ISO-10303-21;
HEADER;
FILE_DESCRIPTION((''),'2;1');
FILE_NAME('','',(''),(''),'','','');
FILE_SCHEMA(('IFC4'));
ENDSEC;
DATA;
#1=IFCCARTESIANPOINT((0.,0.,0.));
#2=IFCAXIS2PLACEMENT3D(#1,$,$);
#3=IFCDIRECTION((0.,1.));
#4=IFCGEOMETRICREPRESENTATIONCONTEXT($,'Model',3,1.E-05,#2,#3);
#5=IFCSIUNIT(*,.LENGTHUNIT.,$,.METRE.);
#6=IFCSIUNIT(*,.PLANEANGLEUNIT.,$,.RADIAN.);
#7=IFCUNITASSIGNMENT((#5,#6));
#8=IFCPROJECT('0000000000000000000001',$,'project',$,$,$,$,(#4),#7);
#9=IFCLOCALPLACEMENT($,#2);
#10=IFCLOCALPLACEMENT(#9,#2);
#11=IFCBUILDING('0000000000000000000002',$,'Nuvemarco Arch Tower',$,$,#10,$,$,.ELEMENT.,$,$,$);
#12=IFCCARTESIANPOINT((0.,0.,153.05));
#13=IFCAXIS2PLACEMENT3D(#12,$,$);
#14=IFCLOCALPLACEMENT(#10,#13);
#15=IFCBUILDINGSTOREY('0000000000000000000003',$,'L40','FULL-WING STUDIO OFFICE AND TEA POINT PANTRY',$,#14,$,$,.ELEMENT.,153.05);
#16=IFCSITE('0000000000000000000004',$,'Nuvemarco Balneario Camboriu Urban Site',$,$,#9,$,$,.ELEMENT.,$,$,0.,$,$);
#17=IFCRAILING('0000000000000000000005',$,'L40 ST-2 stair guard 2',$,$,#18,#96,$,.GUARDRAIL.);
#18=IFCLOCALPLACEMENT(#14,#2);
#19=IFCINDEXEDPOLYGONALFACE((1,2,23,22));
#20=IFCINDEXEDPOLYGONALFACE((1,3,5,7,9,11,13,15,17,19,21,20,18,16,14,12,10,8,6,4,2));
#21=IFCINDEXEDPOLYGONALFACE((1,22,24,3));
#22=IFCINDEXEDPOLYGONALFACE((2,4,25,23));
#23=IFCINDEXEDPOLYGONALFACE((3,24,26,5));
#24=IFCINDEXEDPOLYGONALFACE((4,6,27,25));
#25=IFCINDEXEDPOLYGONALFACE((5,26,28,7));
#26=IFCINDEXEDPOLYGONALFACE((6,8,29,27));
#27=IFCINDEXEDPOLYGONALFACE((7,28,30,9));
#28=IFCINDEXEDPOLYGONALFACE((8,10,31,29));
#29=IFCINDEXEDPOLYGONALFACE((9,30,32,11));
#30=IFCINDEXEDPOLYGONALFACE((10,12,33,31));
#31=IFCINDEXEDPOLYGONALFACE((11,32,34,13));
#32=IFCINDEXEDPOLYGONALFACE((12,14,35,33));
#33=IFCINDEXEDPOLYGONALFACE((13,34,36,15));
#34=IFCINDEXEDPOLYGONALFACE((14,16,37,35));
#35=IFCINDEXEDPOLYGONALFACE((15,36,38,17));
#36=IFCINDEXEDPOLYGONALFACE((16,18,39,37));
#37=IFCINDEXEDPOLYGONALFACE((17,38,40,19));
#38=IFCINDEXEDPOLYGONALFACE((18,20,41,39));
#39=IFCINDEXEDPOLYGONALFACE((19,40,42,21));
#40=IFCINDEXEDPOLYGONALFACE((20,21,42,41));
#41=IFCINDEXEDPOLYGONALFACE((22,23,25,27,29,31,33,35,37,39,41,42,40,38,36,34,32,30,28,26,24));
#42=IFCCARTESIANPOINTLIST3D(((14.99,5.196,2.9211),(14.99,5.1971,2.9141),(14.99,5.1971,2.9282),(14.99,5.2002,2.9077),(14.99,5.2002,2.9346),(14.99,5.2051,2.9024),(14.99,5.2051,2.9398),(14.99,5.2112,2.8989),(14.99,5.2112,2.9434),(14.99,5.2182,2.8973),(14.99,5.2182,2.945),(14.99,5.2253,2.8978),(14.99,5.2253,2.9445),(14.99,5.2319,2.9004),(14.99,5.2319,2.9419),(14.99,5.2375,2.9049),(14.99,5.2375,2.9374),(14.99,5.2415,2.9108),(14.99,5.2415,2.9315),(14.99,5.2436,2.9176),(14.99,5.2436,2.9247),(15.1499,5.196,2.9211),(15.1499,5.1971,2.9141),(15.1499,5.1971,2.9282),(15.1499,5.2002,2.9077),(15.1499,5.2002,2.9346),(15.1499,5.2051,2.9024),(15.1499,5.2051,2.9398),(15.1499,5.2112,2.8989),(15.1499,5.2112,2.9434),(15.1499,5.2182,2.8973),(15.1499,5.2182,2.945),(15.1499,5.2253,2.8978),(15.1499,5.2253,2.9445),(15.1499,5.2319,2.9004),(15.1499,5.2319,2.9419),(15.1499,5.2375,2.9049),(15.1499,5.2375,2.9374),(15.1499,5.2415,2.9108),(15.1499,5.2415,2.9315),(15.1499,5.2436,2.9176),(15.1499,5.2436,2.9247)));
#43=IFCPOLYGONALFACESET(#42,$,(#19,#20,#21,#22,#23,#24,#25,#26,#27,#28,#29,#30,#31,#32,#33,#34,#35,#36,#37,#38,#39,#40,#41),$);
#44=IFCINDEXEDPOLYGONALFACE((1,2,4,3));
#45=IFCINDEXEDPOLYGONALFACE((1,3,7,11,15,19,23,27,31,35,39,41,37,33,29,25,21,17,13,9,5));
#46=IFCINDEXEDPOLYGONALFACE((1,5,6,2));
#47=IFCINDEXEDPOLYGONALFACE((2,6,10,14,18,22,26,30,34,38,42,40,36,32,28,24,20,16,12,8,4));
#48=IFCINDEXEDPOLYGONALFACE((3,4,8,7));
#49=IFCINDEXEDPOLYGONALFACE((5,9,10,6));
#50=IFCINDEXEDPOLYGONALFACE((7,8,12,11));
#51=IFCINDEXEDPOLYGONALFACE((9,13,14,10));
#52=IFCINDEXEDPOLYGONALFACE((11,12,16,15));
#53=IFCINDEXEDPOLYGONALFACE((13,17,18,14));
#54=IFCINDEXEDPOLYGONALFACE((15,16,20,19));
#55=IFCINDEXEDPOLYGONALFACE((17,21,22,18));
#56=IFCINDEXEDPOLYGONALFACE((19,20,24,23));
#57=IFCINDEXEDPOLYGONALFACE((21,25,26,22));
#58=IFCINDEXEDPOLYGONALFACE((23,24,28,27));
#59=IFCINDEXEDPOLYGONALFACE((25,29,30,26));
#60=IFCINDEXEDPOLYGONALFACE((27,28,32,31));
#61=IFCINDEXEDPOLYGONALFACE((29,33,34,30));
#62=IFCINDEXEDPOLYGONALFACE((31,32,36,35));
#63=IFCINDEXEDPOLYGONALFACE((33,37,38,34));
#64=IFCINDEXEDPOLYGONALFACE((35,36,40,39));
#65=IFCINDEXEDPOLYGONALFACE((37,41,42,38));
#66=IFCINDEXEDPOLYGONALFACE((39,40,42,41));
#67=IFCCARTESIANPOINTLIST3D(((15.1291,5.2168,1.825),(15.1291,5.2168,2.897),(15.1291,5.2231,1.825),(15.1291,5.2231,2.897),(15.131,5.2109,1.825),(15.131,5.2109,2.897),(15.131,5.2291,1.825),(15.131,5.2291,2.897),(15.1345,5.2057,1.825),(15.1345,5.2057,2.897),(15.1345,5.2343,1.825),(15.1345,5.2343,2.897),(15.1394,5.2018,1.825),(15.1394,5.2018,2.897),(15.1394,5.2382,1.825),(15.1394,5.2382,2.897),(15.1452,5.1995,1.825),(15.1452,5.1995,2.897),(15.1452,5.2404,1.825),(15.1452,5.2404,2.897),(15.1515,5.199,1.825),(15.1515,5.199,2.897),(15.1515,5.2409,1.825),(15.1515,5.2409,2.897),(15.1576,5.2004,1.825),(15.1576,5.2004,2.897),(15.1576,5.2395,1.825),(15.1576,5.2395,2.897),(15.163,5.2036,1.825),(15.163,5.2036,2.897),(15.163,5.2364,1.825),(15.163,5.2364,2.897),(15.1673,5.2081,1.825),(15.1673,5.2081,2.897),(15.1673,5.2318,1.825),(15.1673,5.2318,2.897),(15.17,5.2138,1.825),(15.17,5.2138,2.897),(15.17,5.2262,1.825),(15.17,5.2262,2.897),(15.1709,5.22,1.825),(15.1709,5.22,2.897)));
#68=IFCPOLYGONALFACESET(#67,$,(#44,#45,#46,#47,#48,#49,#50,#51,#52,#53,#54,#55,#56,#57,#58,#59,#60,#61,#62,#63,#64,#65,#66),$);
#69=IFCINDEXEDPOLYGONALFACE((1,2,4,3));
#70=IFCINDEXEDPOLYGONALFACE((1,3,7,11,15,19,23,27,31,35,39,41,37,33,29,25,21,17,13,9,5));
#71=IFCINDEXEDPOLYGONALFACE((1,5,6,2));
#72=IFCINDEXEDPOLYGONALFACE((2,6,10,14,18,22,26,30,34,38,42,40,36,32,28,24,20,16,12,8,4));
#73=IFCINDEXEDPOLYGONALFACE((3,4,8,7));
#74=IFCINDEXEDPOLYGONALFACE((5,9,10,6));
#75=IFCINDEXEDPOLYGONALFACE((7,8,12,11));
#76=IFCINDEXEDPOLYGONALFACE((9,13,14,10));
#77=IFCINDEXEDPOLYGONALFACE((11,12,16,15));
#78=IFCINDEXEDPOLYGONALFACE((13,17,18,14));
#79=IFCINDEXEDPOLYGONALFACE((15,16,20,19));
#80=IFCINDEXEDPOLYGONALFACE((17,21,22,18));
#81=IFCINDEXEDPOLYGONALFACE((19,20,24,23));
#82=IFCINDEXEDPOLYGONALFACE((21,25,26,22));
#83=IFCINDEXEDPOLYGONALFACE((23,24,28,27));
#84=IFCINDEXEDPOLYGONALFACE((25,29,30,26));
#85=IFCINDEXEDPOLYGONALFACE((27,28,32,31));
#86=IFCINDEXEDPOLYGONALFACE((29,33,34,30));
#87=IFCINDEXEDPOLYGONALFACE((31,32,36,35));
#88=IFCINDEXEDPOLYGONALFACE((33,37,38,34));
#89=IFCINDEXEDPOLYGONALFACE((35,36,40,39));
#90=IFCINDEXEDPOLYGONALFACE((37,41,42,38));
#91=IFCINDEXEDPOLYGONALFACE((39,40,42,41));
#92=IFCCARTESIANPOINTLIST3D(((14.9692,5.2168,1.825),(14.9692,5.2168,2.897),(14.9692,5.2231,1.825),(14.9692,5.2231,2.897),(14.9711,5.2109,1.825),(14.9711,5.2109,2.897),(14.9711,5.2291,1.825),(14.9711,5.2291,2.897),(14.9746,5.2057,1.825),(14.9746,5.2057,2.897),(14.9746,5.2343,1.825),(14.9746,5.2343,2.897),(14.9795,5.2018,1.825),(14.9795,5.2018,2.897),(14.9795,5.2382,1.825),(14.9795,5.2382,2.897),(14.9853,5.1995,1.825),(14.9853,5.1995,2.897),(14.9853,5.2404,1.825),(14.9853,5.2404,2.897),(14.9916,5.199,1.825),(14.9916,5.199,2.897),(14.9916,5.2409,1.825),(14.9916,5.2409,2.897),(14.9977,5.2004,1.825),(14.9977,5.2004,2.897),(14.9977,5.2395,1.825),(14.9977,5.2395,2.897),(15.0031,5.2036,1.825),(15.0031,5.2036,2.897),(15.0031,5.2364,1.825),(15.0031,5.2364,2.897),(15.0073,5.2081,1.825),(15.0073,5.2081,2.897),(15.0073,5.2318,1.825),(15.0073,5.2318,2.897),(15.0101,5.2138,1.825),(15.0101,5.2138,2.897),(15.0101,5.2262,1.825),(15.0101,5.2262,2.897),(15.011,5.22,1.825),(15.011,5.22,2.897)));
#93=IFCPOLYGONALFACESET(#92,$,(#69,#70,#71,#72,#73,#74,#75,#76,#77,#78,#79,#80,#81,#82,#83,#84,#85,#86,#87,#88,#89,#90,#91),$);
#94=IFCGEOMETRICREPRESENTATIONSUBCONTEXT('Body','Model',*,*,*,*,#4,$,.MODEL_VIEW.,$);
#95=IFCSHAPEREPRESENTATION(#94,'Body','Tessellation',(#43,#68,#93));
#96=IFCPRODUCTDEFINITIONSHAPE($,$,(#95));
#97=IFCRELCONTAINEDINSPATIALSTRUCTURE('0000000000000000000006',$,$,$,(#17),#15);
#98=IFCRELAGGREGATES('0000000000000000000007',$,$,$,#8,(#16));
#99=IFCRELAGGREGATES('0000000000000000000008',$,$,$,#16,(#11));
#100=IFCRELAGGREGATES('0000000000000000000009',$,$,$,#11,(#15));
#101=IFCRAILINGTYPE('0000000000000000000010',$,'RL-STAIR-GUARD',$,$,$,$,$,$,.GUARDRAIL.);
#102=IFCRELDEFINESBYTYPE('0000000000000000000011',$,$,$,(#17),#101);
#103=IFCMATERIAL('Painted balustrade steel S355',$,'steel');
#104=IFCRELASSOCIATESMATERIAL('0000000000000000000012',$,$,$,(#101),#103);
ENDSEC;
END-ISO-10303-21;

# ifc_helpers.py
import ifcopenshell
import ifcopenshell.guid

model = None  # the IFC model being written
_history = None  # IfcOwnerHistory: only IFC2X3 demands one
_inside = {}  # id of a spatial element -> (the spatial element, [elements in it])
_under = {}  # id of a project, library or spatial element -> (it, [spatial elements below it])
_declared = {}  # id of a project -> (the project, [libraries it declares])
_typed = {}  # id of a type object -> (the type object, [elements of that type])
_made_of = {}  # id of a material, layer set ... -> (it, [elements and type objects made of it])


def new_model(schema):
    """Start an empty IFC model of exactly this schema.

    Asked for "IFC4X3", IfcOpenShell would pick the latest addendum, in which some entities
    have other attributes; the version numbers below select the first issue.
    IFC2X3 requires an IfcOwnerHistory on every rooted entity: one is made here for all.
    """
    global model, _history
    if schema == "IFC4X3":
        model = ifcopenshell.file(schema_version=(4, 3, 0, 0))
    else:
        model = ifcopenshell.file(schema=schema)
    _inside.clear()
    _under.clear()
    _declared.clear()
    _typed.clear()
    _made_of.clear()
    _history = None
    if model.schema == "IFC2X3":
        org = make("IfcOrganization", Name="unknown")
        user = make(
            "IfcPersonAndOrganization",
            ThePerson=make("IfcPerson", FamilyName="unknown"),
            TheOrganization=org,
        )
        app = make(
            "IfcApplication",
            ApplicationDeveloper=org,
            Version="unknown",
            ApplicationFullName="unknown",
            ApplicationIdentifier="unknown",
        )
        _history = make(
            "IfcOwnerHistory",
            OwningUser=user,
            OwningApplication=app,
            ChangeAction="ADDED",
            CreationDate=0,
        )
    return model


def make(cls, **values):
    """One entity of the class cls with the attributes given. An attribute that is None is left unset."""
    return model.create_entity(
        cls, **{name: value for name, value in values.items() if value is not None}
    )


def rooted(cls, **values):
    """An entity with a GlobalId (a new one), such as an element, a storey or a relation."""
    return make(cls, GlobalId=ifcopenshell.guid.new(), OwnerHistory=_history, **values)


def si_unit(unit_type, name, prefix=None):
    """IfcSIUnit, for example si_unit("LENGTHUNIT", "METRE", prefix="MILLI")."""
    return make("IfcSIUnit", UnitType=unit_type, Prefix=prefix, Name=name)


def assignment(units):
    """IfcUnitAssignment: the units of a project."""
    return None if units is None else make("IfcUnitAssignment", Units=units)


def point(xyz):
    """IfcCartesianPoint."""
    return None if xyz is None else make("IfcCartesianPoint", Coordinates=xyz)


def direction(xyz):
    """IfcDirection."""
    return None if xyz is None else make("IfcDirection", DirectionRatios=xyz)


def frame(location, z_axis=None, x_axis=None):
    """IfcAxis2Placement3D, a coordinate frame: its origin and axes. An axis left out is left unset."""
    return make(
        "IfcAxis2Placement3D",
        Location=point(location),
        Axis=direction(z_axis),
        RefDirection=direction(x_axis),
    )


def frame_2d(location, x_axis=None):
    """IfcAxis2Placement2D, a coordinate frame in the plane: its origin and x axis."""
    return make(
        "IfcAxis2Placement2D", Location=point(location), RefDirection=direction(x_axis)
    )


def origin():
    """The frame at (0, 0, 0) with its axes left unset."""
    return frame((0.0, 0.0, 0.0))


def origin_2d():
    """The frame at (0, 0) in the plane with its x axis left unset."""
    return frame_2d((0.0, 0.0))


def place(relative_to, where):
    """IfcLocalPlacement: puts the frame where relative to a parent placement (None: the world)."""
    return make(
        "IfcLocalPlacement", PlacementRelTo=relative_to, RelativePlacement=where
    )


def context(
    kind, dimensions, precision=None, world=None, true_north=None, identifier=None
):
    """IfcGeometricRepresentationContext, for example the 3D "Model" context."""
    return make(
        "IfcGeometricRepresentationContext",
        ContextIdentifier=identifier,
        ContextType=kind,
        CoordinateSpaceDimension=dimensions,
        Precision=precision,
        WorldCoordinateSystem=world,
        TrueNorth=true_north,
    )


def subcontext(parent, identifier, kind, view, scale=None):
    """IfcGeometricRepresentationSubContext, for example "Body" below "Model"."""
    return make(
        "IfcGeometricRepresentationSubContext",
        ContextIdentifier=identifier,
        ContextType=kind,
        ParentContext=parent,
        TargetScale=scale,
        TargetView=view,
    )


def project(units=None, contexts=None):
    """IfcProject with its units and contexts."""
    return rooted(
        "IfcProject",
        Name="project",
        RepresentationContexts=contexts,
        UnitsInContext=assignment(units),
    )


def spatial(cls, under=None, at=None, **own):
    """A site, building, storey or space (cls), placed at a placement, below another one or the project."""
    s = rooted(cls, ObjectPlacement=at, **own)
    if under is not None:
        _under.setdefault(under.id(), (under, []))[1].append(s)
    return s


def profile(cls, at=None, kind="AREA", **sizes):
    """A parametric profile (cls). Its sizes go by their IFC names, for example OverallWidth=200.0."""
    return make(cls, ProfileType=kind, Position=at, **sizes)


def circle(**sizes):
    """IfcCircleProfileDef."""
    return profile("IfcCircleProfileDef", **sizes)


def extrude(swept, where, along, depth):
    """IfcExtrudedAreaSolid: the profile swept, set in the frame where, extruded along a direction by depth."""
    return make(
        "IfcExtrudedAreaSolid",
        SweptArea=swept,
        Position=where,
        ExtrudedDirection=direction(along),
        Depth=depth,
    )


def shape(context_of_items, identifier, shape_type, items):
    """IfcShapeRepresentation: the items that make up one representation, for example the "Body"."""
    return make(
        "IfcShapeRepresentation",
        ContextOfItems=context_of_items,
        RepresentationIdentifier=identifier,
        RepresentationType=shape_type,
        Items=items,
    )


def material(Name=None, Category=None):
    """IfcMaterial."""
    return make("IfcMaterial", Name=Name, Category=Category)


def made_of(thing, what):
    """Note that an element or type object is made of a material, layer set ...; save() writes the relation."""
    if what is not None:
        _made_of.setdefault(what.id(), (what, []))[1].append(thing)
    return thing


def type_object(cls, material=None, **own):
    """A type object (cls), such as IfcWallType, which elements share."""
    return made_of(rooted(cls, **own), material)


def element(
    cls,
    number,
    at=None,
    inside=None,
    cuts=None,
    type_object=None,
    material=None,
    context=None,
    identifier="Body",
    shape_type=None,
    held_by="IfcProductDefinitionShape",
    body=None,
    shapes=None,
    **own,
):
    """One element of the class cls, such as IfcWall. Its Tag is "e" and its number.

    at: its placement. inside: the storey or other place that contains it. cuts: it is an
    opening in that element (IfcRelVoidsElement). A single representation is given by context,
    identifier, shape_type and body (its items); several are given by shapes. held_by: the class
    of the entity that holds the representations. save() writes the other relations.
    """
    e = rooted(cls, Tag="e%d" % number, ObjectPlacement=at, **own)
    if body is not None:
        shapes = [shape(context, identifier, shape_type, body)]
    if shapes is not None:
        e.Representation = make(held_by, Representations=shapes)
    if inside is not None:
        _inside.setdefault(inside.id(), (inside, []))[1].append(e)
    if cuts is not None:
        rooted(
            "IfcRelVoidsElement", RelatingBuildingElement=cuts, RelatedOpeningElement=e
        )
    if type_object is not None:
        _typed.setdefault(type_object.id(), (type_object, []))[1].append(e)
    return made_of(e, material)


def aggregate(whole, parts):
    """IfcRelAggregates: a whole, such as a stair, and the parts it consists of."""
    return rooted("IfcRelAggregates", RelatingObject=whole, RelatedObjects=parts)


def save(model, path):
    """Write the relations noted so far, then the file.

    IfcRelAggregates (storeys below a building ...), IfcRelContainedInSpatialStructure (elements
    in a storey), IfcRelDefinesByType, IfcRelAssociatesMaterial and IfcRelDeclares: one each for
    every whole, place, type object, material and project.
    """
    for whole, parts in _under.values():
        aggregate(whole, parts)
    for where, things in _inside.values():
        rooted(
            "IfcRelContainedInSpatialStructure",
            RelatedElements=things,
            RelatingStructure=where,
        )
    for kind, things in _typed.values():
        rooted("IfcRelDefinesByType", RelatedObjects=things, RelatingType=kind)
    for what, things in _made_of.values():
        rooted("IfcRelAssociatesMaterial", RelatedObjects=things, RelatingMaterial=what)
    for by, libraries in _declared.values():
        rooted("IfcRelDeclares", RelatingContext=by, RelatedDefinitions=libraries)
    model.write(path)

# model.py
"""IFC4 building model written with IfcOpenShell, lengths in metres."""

from ifc_helpers import new_model, si_unit, direction, frame, origin, origin_2d, place, context, subcontext, project, spatial, circle, extrude, material, type_object, element, save


model = new_model("IFC4")

# Units and contexts
model_context = context("Model", 3, precision=1e-05, world=origin(), true_north=direction((0.0, 1.0)))
body_context = subcontext(model_context, "Body", "Model", "MODEL_VIEW")
ifc_project = project(units=[si_unit("LENGTHUNIT", "METRE"), si_unit("PLANEANGLEUNIT", "RADIAN")], contexts=[model_context])

# Site, building, storey
site_placement = place(None, origin())
site = spatial("IfcSite", under=ifc_project, at=site_placement, Name="Nuvemarco Balneario Camboriu Urban Site", CompositionType="ELEMENT", RefElevation=0.0)
building_placement = place(site_placement, origin())
building = spatial("IfcBuilding", under=site, at=building_placement, Name="Nuvemarco Arch Tower", CompositionType="ELEMENT")
storey_placement = place(building_placement, frame((0.0, 0.0, 153.05)))
storey = spatial("IfcBuildingStorey", under=building, at=storey_placement, Name="L40", Description="FULL-WING STUDIO OFFICE AND TEA POINT PANTRY", CompositionType="ELEMENT", Elevation=153.05)

# Railing
ifc_material_1 = material(Name="Painted balustrade steel S355", Category="steel")
railing_type_1 = type_object("IfcRailingType", Name="RL-STAIR-GUARD", PredefinedType="GUARDRAIL", material=ifc_material_1)
railing_1_placement = place(storey_placement, frame((15.1499, 5.22, 1.825)))
element("IfcRailing", 1, at=railing_1_placement, inside=storey, type_object=railing_type_1, Name="L40 ST-2 stair guard 2", PredefinedType="GUARDRAIL", context=body_context, shape_type="SweptSolid", body=[
    extrude(circle(Radius=0.0239, at=origin_2d()), frame((0.0, 0.0, 1.0962), z_axis=(-1.0, 0.0, 0.0), x_axis=(0.0, -1.0, 0.0)), (0.0, 0.0, 1.0), 0.1599),
    extrude(circle(Radius=0.021, at=origin_2d()), origin(), (0.0, 0.0, 1.0), 1.072),
    extrude(circle(Radius=0.021, at=origin_2d()), frame((-0.1599, 0.0, 0.0)), (0.0, 0.0, 1.0), 1.072),
])

save(model, "model.ifc")
